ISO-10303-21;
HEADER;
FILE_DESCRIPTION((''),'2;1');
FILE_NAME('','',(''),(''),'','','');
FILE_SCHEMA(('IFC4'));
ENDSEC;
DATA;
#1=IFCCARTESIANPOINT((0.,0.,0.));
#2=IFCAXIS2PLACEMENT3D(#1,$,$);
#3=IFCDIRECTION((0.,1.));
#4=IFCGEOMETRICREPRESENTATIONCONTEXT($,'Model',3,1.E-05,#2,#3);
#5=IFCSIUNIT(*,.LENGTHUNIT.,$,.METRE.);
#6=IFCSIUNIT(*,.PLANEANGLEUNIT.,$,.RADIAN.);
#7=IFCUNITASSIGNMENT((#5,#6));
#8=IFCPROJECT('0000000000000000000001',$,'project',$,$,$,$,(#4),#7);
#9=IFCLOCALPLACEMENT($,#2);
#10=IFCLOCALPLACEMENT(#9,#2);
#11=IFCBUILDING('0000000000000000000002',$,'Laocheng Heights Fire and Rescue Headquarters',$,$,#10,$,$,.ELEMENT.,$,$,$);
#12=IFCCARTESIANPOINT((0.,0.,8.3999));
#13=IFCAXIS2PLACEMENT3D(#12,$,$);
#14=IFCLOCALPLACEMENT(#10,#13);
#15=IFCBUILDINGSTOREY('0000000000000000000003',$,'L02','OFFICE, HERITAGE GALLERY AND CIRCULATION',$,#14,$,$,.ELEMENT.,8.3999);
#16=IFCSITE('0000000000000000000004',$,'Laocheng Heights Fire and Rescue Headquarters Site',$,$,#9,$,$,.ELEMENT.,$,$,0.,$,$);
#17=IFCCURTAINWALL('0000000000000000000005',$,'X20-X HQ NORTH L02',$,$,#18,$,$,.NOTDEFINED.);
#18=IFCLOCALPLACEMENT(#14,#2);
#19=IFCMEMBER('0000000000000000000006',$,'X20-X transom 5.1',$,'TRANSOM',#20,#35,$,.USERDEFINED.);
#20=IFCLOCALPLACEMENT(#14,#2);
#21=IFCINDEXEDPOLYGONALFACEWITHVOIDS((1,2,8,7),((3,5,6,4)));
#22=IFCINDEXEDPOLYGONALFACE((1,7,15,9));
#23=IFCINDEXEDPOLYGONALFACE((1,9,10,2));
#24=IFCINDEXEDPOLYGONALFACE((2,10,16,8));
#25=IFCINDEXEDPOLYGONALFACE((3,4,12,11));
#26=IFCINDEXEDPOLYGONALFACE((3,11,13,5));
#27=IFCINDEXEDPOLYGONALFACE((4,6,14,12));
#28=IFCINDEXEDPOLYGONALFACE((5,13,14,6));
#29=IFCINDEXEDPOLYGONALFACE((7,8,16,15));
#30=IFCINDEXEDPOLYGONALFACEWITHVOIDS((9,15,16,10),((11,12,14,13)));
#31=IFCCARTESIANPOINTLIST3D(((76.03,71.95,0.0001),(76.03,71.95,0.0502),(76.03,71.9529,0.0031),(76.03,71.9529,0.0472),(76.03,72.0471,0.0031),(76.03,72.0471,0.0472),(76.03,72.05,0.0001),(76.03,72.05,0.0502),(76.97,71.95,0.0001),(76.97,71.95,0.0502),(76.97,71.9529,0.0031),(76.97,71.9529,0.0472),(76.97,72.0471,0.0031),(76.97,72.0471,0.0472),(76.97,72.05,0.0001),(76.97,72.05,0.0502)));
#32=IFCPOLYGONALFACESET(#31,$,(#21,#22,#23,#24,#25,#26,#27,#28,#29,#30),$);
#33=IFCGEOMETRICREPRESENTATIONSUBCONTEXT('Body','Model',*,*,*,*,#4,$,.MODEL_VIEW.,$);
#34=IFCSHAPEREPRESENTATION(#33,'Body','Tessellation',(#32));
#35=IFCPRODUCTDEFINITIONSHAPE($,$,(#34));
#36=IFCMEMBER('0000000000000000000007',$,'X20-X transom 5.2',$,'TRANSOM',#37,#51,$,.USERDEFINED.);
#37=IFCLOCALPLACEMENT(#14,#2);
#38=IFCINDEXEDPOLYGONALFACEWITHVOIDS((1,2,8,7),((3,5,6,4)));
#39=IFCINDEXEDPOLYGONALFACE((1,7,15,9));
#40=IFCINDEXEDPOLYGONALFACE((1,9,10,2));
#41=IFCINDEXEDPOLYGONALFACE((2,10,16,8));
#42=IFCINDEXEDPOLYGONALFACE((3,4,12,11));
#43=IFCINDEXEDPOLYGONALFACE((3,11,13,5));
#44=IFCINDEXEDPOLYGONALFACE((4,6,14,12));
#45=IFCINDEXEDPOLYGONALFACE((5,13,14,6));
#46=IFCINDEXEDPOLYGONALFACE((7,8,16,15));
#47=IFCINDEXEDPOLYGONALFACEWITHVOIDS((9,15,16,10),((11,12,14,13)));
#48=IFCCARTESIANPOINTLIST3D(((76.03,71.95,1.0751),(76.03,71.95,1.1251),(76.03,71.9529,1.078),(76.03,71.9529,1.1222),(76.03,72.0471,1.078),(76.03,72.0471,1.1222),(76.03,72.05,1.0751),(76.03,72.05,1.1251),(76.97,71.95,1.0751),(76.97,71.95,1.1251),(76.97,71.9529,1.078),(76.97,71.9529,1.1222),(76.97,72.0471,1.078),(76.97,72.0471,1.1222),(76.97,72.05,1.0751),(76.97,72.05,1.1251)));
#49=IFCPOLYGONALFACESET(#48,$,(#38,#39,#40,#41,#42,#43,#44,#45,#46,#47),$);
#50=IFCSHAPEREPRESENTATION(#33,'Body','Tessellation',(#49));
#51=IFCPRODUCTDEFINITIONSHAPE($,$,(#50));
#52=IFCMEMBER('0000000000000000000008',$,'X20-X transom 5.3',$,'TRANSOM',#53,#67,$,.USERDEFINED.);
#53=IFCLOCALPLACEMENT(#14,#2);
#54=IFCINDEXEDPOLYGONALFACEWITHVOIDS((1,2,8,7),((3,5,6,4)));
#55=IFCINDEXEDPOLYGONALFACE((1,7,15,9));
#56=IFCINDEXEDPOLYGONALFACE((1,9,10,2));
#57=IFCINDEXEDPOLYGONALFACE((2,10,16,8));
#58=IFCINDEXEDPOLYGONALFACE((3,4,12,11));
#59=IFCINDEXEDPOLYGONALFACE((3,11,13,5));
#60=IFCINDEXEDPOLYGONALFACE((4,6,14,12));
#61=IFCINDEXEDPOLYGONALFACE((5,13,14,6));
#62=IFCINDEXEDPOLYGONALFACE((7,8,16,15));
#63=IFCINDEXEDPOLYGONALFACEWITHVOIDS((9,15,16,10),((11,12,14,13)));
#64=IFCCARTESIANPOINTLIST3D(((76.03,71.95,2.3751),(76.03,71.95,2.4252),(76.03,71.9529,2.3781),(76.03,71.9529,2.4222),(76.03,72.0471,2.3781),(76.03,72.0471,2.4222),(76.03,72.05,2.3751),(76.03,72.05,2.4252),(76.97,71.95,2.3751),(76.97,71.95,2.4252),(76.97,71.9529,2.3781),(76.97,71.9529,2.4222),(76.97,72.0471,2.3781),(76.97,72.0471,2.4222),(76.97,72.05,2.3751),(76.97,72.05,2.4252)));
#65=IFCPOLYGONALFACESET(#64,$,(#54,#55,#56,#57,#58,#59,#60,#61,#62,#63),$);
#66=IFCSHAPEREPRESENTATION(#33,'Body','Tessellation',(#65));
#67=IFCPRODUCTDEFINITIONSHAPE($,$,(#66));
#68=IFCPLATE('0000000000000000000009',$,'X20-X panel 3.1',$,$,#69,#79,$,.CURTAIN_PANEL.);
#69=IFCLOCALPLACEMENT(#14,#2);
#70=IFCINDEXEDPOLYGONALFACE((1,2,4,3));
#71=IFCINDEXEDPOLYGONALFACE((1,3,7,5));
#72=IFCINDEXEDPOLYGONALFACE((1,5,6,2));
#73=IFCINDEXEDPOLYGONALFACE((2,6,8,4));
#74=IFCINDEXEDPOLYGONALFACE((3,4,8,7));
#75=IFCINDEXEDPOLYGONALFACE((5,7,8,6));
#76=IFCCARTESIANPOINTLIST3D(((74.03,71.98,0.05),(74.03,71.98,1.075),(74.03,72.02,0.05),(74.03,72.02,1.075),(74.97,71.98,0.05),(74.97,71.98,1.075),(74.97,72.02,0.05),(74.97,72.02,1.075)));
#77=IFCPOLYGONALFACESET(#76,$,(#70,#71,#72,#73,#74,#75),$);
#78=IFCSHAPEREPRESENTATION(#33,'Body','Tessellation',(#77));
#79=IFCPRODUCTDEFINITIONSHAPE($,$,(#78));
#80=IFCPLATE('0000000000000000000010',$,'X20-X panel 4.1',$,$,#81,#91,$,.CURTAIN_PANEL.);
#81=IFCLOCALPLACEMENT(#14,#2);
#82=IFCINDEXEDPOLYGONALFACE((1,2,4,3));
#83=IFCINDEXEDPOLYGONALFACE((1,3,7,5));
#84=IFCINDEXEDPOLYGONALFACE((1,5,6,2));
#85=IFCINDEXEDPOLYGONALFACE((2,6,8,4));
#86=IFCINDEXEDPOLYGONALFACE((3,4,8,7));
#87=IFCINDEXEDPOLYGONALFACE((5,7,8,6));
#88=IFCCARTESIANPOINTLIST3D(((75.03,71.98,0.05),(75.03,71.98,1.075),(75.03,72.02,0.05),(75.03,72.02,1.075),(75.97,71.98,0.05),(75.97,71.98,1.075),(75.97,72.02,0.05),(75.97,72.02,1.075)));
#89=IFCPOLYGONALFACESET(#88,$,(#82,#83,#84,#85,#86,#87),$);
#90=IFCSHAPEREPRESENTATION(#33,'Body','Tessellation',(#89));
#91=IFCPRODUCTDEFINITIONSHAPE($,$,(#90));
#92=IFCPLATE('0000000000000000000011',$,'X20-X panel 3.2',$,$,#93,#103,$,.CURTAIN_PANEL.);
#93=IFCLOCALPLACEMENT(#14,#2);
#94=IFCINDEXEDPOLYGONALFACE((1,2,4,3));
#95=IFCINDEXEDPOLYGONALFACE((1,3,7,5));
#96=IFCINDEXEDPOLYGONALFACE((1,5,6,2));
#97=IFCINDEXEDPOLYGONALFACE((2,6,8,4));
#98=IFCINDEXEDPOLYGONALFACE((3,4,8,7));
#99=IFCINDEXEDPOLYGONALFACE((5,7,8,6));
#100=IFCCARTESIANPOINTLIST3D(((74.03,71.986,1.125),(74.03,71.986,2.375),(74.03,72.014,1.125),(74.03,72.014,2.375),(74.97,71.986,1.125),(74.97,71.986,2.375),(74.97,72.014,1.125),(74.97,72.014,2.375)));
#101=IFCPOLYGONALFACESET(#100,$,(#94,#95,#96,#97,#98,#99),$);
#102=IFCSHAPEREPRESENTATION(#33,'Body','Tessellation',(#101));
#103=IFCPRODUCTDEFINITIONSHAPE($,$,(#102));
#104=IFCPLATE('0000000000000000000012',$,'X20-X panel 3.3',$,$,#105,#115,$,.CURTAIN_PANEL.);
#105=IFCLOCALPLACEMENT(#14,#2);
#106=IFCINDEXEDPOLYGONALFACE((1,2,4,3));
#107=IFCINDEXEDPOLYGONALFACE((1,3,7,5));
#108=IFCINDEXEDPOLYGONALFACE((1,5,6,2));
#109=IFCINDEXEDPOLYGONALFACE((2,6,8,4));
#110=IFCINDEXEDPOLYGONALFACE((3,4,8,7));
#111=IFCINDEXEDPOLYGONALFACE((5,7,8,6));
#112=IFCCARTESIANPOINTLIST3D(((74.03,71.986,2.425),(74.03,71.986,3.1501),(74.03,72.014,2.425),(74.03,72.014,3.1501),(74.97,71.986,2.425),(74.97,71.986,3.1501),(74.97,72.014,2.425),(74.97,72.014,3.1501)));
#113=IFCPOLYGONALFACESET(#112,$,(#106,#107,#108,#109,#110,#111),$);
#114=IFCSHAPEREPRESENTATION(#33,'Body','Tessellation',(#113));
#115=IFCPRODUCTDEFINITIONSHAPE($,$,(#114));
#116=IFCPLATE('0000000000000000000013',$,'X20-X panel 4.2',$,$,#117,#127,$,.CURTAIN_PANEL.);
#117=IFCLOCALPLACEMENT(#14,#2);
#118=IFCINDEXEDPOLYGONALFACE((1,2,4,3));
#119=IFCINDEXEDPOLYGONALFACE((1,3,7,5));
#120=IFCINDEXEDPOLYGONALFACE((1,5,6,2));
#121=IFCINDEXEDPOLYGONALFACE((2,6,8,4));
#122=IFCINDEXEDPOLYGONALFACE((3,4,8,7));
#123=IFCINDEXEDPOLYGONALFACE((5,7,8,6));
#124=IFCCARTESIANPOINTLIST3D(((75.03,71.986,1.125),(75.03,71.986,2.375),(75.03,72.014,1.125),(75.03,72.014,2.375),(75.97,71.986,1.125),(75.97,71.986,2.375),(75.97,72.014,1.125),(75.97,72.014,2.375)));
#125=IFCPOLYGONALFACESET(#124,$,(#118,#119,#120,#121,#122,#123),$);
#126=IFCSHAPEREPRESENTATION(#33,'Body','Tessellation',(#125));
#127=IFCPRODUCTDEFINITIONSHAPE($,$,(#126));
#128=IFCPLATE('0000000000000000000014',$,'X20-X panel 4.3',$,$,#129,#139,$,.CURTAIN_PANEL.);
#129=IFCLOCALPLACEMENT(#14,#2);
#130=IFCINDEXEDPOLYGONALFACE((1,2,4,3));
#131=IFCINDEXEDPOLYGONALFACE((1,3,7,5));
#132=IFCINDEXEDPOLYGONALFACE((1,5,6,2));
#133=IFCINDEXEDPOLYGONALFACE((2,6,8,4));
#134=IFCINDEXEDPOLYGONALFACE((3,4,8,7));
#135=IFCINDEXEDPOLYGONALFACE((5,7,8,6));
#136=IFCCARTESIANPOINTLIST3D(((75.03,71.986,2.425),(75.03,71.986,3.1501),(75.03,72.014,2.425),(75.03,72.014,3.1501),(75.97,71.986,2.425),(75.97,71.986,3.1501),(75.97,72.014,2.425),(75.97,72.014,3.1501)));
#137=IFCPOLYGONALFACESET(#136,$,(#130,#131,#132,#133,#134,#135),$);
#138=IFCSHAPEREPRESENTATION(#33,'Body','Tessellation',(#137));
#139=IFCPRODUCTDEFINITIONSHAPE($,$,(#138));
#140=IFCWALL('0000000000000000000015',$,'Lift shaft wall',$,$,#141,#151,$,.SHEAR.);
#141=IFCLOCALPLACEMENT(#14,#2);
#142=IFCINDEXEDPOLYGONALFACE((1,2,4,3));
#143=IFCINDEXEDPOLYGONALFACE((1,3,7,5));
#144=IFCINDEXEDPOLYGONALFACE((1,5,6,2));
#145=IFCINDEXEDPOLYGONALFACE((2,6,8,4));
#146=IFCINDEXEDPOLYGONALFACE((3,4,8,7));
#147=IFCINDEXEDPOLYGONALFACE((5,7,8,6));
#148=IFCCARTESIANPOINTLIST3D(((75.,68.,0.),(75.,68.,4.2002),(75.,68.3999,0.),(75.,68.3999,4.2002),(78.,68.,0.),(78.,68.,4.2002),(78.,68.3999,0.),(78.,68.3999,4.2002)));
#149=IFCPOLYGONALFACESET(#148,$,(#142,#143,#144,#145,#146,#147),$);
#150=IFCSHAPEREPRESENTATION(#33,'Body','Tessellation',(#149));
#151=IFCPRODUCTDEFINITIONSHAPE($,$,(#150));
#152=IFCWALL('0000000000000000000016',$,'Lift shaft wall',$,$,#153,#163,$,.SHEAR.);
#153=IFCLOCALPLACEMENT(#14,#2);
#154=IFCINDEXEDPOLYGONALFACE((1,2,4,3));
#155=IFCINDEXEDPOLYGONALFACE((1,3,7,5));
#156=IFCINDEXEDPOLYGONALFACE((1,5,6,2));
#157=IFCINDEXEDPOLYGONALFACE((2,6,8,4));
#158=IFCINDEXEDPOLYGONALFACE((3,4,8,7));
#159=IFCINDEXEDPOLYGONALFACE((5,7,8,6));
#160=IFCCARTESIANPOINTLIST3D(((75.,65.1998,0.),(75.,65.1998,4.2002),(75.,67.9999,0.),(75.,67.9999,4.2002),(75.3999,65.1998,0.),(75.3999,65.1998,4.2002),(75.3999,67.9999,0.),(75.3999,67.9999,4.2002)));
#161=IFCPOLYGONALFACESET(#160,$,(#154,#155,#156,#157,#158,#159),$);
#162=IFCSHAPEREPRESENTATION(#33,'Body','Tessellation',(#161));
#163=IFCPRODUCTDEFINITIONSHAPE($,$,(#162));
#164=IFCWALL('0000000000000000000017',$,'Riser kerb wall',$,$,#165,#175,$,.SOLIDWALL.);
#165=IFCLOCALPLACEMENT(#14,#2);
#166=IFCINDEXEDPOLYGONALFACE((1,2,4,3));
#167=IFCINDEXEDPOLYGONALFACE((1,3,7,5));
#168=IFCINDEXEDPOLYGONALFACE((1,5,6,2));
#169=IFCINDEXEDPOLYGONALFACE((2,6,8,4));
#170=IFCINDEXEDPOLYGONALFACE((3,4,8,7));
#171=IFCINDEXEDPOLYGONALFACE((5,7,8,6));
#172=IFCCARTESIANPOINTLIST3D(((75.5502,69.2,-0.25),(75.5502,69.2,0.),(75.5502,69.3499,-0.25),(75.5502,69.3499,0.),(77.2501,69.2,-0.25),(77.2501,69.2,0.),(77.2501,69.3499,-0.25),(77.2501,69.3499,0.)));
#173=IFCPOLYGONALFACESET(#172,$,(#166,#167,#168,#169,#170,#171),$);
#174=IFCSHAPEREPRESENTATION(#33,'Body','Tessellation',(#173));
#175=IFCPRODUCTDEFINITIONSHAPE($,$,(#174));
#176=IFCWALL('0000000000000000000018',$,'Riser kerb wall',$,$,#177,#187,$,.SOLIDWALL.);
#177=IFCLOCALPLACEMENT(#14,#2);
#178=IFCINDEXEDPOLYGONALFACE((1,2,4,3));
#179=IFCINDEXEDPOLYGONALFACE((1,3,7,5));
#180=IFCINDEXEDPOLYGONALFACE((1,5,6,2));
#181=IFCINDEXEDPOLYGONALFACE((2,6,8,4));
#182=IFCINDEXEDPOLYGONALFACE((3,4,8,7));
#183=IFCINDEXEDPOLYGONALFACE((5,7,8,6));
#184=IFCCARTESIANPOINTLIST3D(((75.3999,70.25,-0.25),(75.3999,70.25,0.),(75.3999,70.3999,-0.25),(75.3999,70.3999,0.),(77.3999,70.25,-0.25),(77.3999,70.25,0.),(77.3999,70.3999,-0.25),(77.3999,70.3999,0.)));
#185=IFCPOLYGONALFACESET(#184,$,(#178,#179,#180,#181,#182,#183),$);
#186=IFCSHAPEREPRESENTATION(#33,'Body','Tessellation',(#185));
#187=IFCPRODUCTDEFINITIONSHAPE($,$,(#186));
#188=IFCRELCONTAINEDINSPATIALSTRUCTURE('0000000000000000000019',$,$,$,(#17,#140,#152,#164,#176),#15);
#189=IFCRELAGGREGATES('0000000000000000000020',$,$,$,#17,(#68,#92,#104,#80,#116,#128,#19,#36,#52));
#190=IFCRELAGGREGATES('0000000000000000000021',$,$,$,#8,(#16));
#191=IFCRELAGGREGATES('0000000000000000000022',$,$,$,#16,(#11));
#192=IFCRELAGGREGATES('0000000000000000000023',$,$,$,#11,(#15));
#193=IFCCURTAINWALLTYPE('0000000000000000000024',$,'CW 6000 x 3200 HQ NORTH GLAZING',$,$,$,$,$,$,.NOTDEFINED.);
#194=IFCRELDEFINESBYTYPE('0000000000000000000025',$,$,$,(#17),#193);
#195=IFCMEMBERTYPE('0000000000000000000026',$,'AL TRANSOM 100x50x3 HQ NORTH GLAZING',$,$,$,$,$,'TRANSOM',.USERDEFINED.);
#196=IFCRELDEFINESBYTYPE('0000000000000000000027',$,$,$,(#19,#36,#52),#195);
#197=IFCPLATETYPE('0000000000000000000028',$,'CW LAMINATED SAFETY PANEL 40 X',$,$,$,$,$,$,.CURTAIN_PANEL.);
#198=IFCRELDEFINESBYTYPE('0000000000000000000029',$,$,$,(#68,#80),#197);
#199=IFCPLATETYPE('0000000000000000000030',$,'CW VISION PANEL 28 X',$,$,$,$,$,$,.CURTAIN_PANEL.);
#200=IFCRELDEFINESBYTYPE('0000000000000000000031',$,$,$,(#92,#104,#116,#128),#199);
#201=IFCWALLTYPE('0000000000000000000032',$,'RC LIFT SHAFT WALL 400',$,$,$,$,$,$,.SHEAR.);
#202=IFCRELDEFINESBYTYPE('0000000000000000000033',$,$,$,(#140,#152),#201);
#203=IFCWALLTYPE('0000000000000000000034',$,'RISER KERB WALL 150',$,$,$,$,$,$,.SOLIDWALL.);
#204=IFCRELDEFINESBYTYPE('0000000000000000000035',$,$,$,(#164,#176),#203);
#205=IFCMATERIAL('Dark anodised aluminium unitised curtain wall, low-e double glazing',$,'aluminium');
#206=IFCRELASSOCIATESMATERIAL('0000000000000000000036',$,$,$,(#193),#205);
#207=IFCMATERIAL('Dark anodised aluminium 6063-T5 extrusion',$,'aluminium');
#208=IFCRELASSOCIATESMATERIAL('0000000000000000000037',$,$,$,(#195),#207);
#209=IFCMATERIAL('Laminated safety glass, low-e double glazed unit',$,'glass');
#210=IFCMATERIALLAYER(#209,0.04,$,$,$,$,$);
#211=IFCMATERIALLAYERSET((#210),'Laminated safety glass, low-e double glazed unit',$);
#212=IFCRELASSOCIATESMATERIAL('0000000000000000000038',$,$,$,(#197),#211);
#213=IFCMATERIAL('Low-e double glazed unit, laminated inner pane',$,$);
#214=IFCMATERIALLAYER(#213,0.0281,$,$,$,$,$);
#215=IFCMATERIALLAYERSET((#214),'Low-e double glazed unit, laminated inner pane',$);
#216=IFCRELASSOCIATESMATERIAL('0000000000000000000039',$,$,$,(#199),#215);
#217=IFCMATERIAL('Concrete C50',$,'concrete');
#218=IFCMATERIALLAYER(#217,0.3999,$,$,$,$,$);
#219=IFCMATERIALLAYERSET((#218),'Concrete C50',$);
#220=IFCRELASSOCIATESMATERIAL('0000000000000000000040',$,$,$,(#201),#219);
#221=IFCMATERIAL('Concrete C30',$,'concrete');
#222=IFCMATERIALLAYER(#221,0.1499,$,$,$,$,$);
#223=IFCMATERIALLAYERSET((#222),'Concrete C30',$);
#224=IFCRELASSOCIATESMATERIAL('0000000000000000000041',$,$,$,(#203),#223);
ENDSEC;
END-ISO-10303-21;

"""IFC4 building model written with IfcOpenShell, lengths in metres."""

from ifc_helpers import new_model, si_unit, direction, frame, frame_2d, origin, origin_2d, place, context, subcontext, project, spatial, rectangle, hollow_rectangle, extrude, material, layer, layer_set, material_profile, profile_set, type_object, element, aggregate, save


model = new_model("IFC4")

# Units and contexts
model_context = context("Model", 3, precision=1e-05, world=origin(), true_north=direction((0.0, 1.0)))
body_context = subcontext(model_context, "Body", "Model", "MODEL_VIEW")
ifc_project = project(units=[si_unit("LENGTHUNIT", "METRE"), si_unit("PLANEANGLEUNIT", "RADIAN")], contexts=[model_context])

# Site, building, storey
site_placement = place(None, origin())
site = spatial("IfcSite", under=ifc_project, at=site_placement, Name="Laocheng Heights Fire and Rescue Headquarters Site", CompositionType="ELEMENT", RefElevation=0.0)
building_placement = place(site_placement, origin())
building = spatial("IfcBuilding", under=site, at=building_placement, Name="Laocheng Heights Fire and Rescue Headquarters", CompositionType="ELEMENT")
storey_placement = place(building_placement, frame((0.0, 0.0, 8.3999)))
storey = spatial("IfcBuildingStorey", under=building, at=storey_placement, Name="L02", Description="OFFICE, HERITAGE GALLERY AND CIRCULATION", CompositionType="ELEMENT", Elevation=8.3999)

# Curtain wall, members, plates
ifc_material_1 = material(Name="Dark anodised aluminium unitised curtain wall, low-e double glazing", Category="aluminium")
curtain_wall_type = type_object("IfcCurtainWallType", Name="CW 6000 x 3200 HQ NORTH GLAZING", PredefinedType="NOTDEFINED", material=ifc_material_1)
curtain_wall_placement = place(storey_placement, origin())
curtain_wall = element("IfcCurtainWall", 1, at=curtain_wall_placement, inside=storey, type_object=curtain_wall_type, Name="X20-X HQ NORTH L02", PredefinedType="NOTDEFINED")
ifc_material_2 = material(Name="Dark anodised aluminium 6063-T5 extrusion", Category="aluminium")
ifc_material_profile_1 = material_profile(ifc_material_2, hollow_rectangle(XDim=0.1001, YDim=0.05, WallThickness=0.0029, at=origin_2d()), Name="AL TRANSOM 100x50x3 HQ NORTH GLAZING")
ifc_profile_set_1 = profile_set([ifc_material_profile_1], Name="Dark anodised aluminium 6063-T5 extrusion")
member_type_1 = type_object("IfcMemberType", Name="AL TRANSOM 100x50x3 HQ NORTH GLAZING", ElementType="TRANSOM", PredefinedType="USERDEFINED", material=ifc_profile_set_1)
member_1_placement = place(storey_placement, frame((76.03, 72.0, 0.0251), z_axis=(1.0, 0.0, 0.0), x_axis=(0.0, 1.0, 0.0)))
member_1 = element("IfcMember", 2, at=member_1_placement, type_object=member_type_1, Name="X20-X transom 5.1", ObjectType="TRANSOM", PredefinedType="USERDEFINED", context=body_context, shape_type="SweptSolid", body=[
    extrude(hollow_rectangle(XDim=0.1001, YDim=0.05, WallThickness=0.0029, at=origin_2d()), origin(), (0.0, 0.0, 1.0), 0.9399),
])
member_2_placement = place(storey_placement, frame((76.03, 72.0, 1.1001), z_axis=(1.0, 0.0, 0.0), x_axis=(0.0, 1.0, 0.0)))
member_2 = element("IfcMember", 3, at=member_2_placement, type_object=member_type_1, Name="X20-X transom 5.2", ObjectType="TRANSOM", PredefinedType="USERDEFINED", context=body_context, shape_type="SweptSolid", body=[
    extrude(hollow_rectangle(XDim=0.1001, YDim=0.05, WallThickness=0.0029, at=origin_2d()), origin(), (0.0, 0.0, 1.0), 0.9399),
])
member_3_placement = place(storey_placement, frame((76.03, 72.0, 2.4001), z_axis=(1.0, 0.0, 0.0), x_axis=(0.0, 1.0, 0.0)))
member_3 = element("IfcMember", 4, at=member_3_placement, type_object=member_type_1, Name="X20-X transom 5.3", ObjectType="TRANSOM", PredefinedType="USERDEFINED", context=body_context, shape_type="SweptSolid", body=[
    extrude(hollow_rectangle(XDim=0.1001, YDim=0.05, WallThickness=0.0029, at=origin_2d()), origin(), (0.0, 0.0, 1.0), 0.9399),
])
ifc_material_3 = material(Name="Laminated safety glass, low-e double glazed unit", Category="glass")
ifc_layer_1 = layer(ifc_material_3, 0.04)
ifc_layer_set_1 = layer_set([ifc_layer_1], Name="Laminated safety glass, low-e double glazed unit")
plate_type_1 = type_object("IfcPlateType", Name="CW LAMINATED SAFETY PANEL 40 X", PredefinedType="CURTAIN_PANEL", material=ifc_layer_set_1)
plate_1_placement = place(storey_placement, frame((74.5, 72.0, 0.05), z_axis=(0.0, 0.0, 1.0), x_axis=(1.0, 0.0, 0.0)))
plate_1 = element("IfcPlate", 5, at=plate_1_placement, type_object=plate_type_1, Name="X20-X panel 3.1", PredefinedType="CURTAIN_PANEL", context=body_context, shape_type="SweptSolid", body=[
    extrude(rectangle(XDim=0.9399, YDim=0.04, at=origin_2d()), origin(), (0.0, 0.0, 1.0), 1.0249),
])
plate_2_placement = place(storey_placement, frame((75.5, 72.0, 0.05), z_axis=(0.0, 0.0, 1.0), x_axis=(1.0, 0.0, 0.0)))
plate_2 = element("IfcPlate", 6, at=plate_2_placement, type_object=plate_type_1, Name="X20-X panel 4.1", PredefinedType="CURTAIN_PANEL", context=body_context, shape_type="SweptSolid", body=[
    extrude(rectangle(XDim=0.9399, YDim=0.04, at=origin_2d()), origin(), (0.0, 0.0, 1.0), 1.0249),
])
ifc_material_4 = material(Name="Low-e double glazed unit, laminated inner pane")
ifc_layer_2 = layer(ifc_material_4, 0.0281)
ifc_layer_set_2 = layer_set([ifc_layer_2], Name="Low-e double glazed unit, laminated inner pane")
plate_type_2 = type_object("IfcPlateType", Name="CW VISION PANEL 28 X", PredefinedType="CURTAIN_PANEL", material=ifc_layer_set_2)
plate_3_placement = place(storey_placement, frame((74.5, 72.0, 1.125), z_axis=(0.0, 0.0, 1.0), x_axis=(1.0, 0.0, 0.0)))
plate_3 = element("IfcPlate", 7, at=plate_3_placement, type_object=plate_type_2, Name="X20-X panel 3.2", PredefinedType="CURTAIN_PANEL", context=body_context, shape_type="SweptSolid", body=[
    extrude(rectangle(XDim=0.9399, YDim=0.0281, at=origin_2d()), origin(), (0.0, 0.0, 1.0), 1.25),
])
plate_4_placement = place(storey_placement, frame((74.5, 72.0, 2.425), z_axis=(0.0, 0.0, 1.0), x_axis=(1.0, 0.0, 0.0)))
plate_4 = element("IfcPlate", 8, at=plate_4_placement, type_object=plate_type_2, Name="X20-X panel 3.3", PredefinedType="CURTAIN_PANEL", context=body_context, shape_type="SweptSolid", body=[
    extrude(rectangle(XDim=0.9399, YDim=0.0281, at=origin_2d()), origin(), (0.0, 0.0, 1.0), 0.7251),
])
plate_5_placement = place(storey_placement, frame((75.5, 72.0, 1.125), z_axis=(0.0, 0.0, 1.0), x_axis=(1.0, 0.0, 0.0)))
plate_5 = element("IfcPlate", 9, at=plate_5_placement, type_object=plate_type_2, Name="X20-X panel 4.2", PredefinedType="CURTAIN_PANEL", context=body_context, shape_type="SweptSolid", body=[
    extrude(rectangle(XDim=0.9399, YDim=0.0281, at=origin_2d()), origin(), (0.0, 0.0, 1.0), 1.25),
])
plate_6_placement = place(storey_placement, frame((75.5, 72.0, 2.425), z_axis=(0.0, 0.0, 1.0), x_axis=(1.0, 0.0, 0.0)))
plate_6 = element("IfcPlate", 10, at=plate_6_placement, type_object=plate_type_2, Name="X20-X panel 4.3", PredefinedType="CURTAIN_PANEL", context=body_context, shape_type="SweptSolid", body=[
    extrude(rectangle(XDim=0.9399, YDim=0.0281, at=origin_2d()), origin(), (0.0, 0.0, 1.0), 0.7251),
])
aggregate(curtain_wall, [plate_1, plate_3, plate_4, plate_2, plate_5, plate_6, member_1, member_2, member_3])

# Walls
ifc_material_5 = material(Name="Concrete C50", Category="concrete")
ifc_layer_3 = layer(ifc_material_5, 0.3999)
ifc_layer_set_3 = layer_set([ifc_layer_3], Name="Concrete C50")
wall_type_1 = type_object("IfcWallType", Name="RC LIFT SHAFT WALL 400", PredefinedType="SHEAR", material=ifc_layer_set_3)
wall_1_placement = place(storey_placement, frame((75.0, 68.2, 0.0), z_axis=(0.0, 0.0, 1.0), x_axis=(1.0, 0.0, 0.0)))
element("IfcWall", 11, at=wall_1_placement, inside=storey, type_object=wall_type_1, Name="Lift shaft wall", PredefinedType="SHEAR", context=body_context, shape_type="SweptSolid", body=[
    extrude(rectangle(XDim=3.0, YDim=0.3999, at=frame_2d((1.5, 0.0))), origin(), (0.0, 0.0, 1.0), 4.2002),
])
wall_2_placement = place(storey_placement, frame((75.2, 65.2, 0.0), z_axis=(0.0, 0.0, 1.0), x_axis=(0.0, 1.0, 0.0)))
element("IfcWall", 12, at=wall_2_placement, inside=storey, type_object=wall_type_1, Name="Lift shaft wall", PredefinedType="SHEAR", context=body_context, shape_type="SweptSolid", body=[
    extrude(rectangle(XDim=2.8, YDim=0.3999, at=frame_2d((1.3999, 0.0))), origin(), (0.0, 0.0, 1.0), 4.2002),
])
ifc_material_6 = material(Name="Concrete C30", Category="concrete")
ifc_layer_4 = layer(ifc_material_6, 0.1499)
ifc_layer_set_4 = layer_set([ifc_layer_4], Name="Concrete C30")
wall_type_2 = type_object("IfcWallType", Name="RISER KERB WALL 150", PredefinedType="SOLIDWALL", material=ifc_layer_set_4)
wall_3_placement = place(storey_placement, frame((75.55, 69.2749, -0.25), z_axis=(0.0, 0.0, 1.0), x_axis=(1.0, 0.0, 0.0)))
element("IfcWall", 13, at=wall_3_placement, inside=storey, type_object=wall_type_2, Name="Riser kerb wall", PredefinedType="SOLIDWALL", context=body_context, shape_type="SweptSolid", body=[
    extrude(rectangle(XDim=1.7, YDim=0.1499, at=frame_2d((0.8501, 0.0))), origin(), (0.0, 0.0, 1.0), 0.25),
])
wall_4_placement = place(storey_placement, frame((75.3999, 70.325, -0.25), z_axis=(0.0, 0.0, 1.0), x_axis=(1.0, 0.0, 0.0)))
element("IfcWall", 14, at=wall_4_placement, inside=storey, type_object=wall_type_2, Name="Riser kerb wall", PredefinedType="SOLIDWALL", context=body_context, shape_type="SweptSolid", body=[
    extrude(rectangle(XDim=2.0, YDim=0.1499, at=frame_2d((1.0, 0.0))), origin(), (0.0, 0.0, 1.0), 0.25),
])

save(model, "model.ifc")
